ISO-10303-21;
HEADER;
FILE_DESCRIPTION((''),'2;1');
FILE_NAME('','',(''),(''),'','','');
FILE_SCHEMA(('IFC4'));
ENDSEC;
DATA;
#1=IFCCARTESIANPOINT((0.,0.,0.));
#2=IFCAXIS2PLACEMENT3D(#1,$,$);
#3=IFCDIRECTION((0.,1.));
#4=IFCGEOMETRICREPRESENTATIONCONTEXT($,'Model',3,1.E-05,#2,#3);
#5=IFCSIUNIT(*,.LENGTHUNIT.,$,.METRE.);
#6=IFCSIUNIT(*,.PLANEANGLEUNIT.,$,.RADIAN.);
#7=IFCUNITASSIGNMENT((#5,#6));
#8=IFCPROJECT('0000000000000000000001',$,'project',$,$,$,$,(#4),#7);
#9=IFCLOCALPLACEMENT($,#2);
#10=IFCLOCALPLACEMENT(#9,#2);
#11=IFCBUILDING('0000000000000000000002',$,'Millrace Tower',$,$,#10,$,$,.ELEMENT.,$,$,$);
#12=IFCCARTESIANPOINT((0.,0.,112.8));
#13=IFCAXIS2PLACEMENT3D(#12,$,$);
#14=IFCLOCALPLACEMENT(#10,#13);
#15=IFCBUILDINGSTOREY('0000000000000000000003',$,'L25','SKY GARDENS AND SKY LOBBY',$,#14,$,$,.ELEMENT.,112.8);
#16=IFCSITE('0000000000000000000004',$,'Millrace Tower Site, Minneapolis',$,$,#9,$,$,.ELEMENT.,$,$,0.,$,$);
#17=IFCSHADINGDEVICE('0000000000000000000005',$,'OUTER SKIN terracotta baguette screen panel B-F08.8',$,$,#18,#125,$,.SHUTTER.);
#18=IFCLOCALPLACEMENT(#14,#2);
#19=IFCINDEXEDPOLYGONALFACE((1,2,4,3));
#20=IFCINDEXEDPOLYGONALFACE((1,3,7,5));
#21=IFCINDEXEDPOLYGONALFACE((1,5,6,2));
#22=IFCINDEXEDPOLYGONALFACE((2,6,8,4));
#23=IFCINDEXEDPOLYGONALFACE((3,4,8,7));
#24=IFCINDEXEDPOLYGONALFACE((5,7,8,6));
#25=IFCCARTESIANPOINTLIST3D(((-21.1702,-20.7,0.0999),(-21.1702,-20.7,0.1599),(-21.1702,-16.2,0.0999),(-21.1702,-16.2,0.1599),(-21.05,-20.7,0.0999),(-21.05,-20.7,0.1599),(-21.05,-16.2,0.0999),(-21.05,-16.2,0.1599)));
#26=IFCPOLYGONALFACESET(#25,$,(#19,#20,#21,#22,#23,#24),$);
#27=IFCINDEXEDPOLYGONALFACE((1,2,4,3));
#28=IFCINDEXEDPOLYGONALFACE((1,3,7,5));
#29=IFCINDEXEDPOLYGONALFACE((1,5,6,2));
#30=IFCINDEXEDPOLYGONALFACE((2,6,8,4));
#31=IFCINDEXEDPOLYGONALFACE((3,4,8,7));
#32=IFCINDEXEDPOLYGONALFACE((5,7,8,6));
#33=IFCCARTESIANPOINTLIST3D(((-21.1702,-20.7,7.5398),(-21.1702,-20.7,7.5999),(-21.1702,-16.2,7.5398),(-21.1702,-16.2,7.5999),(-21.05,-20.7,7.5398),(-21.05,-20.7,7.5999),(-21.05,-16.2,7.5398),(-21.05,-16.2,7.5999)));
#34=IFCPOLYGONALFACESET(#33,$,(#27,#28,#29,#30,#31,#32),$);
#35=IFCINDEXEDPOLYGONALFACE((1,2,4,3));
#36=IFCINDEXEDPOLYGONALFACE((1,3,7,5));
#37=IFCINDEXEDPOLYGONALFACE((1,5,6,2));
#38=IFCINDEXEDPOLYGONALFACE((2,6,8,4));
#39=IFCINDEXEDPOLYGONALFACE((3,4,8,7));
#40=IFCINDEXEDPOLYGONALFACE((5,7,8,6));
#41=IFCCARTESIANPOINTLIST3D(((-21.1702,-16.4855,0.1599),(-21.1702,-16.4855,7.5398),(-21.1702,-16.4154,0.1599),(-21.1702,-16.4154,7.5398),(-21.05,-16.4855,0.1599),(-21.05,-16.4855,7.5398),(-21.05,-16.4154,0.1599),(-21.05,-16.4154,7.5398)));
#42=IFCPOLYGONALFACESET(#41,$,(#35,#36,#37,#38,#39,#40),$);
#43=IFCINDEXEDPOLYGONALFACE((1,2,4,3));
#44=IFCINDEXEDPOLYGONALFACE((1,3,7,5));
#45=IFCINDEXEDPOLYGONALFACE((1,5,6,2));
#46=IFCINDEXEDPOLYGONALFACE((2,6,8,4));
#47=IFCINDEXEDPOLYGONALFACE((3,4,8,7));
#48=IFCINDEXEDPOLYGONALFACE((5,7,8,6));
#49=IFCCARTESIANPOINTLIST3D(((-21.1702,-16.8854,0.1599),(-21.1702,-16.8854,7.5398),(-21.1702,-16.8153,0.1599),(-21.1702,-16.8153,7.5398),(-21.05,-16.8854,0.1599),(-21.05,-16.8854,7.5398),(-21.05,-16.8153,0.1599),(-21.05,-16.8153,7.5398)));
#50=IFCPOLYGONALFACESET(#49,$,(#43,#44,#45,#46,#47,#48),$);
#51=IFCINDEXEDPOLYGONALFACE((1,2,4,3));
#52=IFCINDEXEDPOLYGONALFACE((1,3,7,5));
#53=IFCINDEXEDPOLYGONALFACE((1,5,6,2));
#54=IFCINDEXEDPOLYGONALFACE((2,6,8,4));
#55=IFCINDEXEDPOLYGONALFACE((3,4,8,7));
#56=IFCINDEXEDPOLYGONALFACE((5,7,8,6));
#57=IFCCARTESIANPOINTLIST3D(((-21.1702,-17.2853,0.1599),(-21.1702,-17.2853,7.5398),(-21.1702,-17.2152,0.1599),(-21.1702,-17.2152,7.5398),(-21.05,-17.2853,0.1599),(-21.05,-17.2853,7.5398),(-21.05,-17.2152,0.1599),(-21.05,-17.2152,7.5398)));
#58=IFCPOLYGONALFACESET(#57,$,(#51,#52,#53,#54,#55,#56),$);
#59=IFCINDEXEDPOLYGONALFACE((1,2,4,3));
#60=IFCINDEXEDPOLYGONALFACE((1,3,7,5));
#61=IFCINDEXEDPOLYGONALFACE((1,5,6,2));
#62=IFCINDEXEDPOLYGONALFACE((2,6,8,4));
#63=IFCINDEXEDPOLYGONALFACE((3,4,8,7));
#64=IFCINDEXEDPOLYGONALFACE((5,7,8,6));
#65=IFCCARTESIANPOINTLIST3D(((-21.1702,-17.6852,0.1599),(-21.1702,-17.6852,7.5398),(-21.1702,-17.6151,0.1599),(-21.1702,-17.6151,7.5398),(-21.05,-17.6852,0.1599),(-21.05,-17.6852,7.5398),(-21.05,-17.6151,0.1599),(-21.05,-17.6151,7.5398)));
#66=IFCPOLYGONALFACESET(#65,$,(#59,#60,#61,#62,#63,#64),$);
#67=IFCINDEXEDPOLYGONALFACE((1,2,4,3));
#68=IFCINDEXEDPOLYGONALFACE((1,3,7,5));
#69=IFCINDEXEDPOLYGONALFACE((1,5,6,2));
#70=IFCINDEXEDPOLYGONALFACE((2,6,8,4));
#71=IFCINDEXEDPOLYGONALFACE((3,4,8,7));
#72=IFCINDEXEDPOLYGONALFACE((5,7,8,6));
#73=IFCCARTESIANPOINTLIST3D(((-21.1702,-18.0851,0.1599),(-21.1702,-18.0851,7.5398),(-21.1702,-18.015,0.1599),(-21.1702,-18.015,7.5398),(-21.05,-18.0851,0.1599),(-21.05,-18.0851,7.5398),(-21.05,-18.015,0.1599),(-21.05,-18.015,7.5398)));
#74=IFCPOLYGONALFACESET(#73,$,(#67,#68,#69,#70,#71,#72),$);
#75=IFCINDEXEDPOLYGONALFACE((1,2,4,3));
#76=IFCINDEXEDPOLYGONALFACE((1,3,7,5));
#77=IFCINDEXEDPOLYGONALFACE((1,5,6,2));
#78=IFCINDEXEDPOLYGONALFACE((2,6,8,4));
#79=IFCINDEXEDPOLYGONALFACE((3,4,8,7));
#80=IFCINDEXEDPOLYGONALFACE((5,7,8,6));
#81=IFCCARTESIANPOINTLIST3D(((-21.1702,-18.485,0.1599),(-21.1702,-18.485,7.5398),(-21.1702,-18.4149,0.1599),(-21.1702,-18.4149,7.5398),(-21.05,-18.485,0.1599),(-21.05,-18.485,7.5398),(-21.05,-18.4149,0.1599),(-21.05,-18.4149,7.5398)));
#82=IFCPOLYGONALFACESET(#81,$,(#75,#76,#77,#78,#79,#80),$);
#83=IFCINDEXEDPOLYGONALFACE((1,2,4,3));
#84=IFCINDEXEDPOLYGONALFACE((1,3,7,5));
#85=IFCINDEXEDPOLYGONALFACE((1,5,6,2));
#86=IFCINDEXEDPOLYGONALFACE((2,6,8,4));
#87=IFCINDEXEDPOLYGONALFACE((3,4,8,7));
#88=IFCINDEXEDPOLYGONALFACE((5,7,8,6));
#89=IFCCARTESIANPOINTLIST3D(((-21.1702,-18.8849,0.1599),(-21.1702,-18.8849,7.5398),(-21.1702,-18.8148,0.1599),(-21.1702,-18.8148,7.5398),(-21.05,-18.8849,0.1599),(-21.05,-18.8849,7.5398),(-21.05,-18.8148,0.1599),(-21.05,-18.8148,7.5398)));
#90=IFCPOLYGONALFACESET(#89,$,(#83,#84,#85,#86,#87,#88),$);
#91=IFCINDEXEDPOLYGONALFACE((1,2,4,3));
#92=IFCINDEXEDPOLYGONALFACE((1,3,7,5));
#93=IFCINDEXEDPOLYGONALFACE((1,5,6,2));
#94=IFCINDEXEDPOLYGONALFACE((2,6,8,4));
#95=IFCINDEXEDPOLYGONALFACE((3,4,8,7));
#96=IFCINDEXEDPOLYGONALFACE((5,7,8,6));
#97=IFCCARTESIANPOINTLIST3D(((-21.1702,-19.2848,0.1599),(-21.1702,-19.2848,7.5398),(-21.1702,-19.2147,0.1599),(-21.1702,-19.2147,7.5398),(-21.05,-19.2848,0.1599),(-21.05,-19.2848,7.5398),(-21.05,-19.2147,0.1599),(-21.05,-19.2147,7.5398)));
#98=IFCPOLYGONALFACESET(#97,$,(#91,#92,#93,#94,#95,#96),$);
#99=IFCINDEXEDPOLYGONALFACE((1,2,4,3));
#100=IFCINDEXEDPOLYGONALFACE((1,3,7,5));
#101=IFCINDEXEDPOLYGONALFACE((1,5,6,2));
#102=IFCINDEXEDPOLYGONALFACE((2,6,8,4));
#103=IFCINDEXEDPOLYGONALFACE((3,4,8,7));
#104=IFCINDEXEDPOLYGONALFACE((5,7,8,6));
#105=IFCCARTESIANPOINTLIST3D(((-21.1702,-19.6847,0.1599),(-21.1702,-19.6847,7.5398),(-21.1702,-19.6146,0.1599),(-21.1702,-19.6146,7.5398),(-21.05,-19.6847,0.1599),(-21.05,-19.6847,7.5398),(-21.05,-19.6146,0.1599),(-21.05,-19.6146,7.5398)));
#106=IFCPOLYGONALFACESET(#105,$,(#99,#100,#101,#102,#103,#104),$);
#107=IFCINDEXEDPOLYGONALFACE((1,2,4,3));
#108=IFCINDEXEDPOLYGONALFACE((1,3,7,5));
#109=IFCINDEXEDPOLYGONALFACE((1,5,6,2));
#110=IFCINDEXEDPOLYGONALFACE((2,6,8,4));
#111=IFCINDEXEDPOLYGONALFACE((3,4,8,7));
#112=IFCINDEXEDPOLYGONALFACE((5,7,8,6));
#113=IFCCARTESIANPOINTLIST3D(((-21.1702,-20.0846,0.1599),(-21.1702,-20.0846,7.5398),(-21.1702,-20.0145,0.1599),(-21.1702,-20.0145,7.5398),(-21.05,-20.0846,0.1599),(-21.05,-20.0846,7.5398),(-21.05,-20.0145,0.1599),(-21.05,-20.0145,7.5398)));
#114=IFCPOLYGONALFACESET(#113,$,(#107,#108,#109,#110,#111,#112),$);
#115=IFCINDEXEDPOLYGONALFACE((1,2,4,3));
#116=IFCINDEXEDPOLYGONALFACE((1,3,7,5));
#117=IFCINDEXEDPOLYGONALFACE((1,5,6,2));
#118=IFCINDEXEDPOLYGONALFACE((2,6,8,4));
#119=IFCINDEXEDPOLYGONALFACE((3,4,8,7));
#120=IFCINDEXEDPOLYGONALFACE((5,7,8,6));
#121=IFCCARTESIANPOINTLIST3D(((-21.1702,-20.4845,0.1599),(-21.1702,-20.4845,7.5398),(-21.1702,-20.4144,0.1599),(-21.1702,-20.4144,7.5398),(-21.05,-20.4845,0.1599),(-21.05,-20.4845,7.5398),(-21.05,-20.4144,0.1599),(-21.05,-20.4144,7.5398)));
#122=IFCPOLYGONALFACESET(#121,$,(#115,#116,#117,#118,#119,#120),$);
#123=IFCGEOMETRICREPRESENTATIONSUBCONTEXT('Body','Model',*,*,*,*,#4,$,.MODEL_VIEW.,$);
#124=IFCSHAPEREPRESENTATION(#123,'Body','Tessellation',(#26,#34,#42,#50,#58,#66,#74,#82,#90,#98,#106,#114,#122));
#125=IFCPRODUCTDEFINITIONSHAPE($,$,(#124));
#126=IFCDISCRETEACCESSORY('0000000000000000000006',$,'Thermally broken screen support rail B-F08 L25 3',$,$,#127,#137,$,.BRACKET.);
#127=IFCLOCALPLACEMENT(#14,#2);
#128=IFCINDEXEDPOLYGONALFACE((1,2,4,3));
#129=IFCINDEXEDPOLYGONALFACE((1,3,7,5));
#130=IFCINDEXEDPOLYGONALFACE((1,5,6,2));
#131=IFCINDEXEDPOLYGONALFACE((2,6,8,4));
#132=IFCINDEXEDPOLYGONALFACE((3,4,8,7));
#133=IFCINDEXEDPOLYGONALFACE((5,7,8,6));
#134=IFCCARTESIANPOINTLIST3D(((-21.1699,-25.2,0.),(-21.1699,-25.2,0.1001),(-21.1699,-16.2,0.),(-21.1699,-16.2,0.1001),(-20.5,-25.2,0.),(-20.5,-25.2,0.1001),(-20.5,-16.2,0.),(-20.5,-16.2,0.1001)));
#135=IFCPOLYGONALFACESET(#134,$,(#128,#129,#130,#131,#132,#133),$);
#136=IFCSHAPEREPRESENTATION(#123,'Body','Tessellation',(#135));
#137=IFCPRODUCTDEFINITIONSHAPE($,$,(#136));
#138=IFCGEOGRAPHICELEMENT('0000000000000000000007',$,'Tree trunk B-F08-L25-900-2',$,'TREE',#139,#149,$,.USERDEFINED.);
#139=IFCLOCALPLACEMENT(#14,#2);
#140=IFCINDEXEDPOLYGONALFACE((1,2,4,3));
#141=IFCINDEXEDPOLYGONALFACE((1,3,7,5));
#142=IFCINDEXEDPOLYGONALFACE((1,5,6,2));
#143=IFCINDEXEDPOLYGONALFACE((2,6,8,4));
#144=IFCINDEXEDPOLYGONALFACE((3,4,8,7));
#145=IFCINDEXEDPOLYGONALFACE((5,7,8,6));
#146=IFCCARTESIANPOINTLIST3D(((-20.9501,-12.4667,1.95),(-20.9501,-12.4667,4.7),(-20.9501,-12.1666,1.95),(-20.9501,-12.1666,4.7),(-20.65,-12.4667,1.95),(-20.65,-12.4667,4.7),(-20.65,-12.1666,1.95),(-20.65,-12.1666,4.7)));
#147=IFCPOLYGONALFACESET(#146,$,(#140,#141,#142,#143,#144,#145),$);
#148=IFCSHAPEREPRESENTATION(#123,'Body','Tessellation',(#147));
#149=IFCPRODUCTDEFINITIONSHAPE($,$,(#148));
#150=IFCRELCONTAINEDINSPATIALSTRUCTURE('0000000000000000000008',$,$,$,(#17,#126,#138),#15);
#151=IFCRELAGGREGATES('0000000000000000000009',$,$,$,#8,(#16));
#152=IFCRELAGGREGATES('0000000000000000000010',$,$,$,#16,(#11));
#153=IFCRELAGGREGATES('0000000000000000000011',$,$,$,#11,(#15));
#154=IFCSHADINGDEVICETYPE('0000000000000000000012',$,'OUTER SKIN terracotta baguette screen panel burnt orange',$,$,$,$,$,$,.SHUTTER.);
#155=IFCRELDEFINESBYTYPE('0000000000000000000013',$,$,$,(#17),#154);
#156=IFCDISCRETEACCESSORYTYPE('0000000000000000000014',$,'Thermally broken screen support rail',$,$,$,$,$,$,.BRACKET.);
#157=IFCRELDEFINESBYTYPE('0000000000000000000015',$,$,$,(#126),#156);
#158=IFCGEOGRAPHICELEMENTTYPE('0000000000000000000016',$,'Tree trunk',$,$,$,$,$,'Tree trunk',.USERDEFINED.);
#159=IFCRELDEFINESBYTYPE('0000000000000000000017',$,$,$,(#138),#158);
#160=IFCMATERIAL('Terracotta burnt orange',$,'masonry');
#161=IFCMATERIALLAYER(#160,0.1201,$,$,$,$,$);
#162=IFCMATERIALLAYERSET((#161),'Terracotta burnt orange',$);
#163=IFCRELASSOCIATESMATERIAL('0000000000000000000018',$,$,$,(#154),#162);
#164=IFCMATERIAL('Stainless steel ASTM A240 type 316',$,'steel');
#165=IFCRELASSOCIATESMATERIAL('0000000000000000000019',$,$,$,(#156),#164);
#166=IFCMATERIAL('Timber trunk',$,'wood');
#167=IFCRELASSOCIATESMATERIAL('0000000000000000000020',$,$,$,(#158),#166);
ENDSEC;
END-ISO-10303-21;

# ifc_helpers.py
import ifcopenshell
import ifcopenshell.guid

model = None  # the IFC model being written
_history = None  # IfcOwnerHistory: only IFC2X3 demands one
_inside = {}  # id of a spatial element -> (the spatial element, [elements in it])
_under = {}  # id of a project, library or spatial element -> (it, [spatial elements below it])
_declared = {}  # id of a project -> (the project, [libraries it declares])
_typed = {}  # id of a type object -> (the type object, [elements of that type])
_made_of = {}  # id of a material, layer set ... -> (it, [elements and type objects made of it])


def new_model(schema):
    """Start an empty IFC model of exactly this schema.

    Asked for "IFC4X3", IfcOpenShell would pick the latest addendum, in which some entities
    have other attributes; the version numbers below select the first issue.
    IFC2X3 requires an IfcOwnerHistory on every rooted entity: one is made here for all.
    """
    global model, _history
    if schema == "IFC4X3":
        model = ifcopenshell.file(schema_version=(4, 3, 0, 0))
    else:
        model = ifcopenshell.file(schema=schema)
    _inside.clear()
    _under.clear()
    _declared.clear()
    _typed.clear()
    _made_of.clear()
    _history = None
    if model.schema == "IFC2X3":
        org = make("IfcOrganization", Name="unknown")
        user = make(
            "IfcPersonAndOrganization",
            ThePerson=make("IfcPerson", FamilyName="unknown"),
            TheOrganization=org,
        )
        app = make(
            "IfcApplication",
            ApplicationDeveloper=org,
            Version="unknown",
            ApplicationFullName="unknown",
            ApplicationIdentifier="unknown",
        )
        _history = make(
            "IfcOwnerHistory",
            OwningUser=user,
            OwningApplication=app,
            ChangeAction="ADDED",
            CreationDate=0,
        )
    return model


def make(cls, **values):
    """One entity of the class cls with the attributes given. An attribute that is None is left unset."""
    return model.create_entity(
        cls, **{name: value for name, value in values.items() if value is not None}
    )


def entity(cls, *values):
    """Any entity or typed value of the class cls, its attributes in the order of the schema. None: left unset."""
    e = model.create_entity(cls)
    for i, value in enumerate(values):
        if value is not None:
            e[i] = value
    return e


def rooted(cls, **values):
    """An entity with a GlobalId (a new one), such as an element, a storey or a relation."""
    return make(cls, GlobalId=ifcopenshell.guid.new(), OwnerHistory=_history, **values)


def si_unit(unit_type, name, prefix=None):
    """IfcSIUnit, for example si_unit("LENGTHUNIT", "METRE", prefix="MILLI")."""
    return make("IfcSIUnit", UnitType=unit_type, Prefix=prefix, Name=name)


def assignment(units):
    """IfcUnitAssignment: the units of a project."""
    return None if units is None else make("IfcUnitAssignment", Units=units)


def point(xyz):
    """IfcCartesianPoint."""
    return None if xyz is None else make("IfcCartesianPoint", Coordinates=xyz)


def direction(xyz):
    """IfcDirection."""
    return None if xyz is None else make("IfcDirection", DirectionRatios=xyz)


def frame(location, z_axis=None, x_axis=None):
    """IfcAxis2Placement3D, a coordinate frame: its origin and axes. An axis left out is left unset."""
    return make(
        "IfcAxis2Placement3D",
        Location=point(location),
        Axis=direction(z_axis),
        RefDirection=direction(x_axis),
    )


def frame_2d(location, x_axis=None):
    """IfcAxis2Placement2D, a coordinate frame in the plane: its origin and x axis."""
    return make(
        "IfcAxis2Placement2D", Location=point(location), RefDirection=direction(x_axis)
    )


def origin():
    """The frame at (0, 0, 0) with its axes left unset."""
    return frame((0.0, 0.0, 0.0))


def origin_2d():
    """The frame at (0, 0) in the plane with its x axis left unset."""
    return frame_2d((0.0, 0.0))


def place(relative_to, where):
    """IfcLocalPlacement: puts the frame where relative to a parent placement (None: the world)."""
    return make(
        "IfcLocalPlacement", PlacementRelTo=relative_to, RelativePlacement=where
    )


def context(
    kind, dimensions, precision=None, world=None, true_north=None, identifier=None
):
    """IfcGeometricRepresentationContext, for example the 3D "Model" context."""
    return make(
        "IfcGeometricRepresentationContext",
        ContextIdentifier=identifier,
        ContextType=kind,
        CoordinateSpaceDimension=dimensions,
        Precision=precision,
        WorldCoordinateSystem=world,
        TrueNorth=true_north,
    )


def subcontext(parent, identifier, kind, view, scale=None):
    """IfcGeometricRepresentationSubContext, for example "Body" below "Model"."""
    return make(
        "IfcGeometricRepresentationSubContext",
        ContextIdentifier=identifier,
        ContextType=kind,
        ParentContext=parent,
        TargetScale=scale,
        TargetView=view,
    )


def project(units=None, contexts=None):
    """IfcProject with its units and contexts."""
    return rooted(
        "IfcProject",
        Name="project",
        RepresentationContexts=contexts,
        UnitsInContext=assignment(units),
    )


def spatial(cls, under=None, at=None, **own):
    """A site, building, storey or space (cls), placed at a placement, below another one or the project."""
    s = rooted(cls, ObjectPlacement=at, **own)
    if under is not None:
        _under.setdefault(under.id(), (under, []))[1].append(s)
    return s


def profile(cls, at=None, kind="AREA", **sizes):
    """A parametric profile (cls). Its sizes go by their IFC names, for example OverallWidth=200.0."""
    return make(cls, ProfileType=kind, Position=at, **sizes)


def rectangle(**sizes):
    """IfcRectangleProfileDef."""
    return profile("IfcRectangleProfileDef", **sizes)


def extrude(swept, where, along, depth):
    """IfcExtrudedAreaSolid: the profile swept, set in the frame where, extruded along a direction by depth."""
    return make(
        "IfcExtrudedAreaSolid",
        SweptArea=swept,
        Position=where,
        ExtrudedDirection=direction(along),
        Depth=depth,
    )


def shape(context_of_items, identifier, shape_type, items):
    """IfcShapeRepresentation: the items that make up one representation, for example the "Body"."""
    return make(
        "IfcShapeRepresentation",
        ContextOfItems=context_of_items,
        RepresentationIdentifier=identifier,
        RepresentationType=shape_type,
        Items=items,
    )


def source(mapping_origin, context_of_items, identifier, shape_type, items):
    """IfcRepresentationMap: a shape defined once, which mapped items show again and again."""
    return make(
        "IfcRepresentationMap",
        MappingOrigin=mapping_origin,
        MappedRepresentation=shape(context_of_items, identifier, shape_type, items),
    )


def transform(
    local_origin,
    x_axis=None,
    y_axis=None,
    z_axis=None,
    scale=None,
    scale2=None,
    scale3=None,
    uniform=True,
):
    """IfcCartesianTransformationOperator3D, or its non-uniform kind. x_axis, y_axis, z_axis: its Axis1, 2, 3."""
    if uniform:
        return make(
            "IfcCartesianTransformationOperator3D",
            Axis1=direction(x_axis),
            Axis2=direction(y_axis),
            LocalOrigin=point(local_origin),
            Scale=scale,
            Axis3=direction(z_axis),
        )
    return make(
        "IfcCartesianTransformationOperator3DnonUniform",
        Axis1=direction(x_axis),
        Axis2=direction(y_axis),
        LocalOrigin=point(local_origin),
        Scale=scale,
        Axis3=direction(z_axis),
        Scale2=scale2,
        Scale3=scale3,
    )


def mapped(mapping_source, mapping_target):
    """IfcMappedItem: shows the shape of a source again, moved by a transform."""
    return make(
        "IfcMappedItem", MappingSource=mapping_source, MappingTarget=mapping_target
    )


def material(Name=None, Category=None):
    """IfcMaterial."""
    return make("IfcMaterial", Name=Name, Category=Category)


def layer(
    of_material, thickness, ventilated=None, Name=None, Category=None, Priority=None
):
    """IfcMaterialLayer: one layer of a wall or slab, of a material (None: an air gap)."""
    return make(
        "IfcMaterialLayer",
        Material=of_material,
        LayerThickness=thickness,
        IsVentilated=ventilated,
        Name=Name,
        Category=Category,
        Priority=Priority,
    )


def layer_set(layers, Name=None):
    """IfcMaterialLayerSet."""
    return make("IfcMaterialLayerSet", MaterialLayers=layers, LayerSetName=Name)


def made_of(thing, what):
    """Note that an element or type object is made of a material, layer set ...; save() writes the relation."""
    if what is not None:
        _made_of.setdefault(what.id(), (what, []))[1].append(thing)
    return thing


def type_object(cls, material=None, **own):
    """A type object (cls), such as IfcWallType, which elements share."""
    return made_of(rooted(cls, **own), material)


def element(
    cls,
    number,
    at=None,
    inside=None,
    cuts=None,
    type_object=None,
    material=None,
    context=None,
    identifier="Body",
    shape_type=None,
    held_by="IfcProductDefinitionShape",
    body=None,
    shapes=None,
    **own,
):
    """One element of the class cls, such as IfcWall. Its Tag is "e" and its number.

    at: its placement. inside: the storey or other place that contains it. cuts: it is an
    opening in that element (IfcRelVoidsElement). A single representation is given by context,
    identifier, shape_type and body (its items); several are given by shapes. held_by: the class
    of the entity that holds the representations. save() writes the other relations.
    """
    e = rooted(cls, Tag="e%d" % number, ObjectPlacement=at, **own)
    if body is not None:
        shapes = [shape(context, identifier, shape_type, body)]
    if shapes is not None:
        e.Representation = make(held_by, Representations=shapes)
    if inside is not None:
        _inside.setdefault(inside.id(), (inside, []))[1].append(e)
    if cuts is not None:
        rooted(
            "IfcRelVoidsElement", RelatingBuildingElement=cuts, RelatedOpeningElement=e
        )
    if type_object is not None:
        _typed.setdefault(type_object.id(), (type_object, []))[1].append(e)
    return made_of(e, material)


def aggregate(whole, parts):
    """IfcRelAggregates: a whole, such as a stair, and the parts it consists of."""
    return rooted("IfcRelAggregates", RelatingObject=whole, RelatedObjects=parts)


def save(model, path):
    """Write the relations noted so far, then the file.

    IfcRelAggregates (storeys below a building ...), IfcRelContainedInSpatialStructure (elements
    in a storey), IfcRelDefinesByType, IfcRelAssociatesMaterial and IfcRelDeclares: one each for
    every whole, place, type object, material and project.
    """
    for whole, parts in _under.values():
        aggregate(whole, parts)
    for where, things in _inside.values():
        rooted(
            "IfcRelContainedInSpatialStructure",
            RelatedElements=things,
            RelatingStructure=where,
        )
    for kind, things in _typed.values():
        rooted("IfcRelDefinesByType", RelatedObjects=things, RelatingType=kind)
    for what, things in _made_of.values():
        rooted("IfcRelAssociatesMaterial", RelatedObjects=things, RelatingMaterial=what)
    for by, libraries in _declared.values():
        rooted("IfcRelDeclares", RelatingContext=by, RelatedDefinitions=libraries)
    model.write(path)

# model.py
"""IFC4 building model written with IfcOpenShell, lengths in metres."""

from ifc_helpers import new_model, entity, si_unit, direction, frame, frame_2d, origin, origin_2d, place, context, subcontext, project, spatial, rectangle, extrude, source, transform, mapped, material, layer, layer_set, type_object, element, save


model = new_model("IFC4")

# Units and contexts
model_context = context("Model", 3, precision=1e-05, world=origin(), true_north=direction((0.0, 1.0)))
body_context = subcontext(model_context, "Body", "Model", "MODEL_VIEW")
ifc_project = project(units=[si_unit("LENGTHUNIT", "METRE"), si_unit("PLANEANGLEUNIT", "RADIAN")], contexts=[model_context])

# Site, building, storey
site_placement = place(None, origin())
site = spatial("IfcSite", under=ifc_project, at=site_placement, Name="Millrace Tower Site, Minneapolis", CompositionType="ELEMENT", RefElevation=0.0)
building_placement = place(site_placement, origin())
building = spatial("IfcBuilding", under=site, at=building_placement, Name="Millrace Tower", CompositionType="ELEMENT")
storey_placement = place(building_placement, frame((0.0, 0.0, 112.8)))
storey = spatial("IfcBuildingStorey", under=building, at=storey_placement, Name="L25", Description="SKY GARDENS AND SKY LOBBY", CompositionType="ELEMENT", Elevation=112.8)

# Shading device
ifc_material_1 = material(Name="Terracotta burnt orange", Category="masonry")
ifc_layer_1 = layer(ifc_material_1, 0.1201)
ifc_layer_set_1 = layer_set([ifc_layer_1], Name="Terracotta burnt orange")
shading_device_type = type_object("IfcShadingDeviceType", Name="OUTER SKIN terracotta baguette screen panel burnt orange", PredefinedType="SHUTTER", material=ifc_layer_set_1)
cartesian_point = entity("IfcCartesianPoint", [-2.25, 0.0601])
shared_polyline = entity("IfcPolyline", [cartesian_point, entity("IfcCartesianPoint", [2.25, 0.0601]), entity("IfcCartesianPoint", [2.25, -0.0601]), entity("IfcCartesianPoint", [-2.25, -0.0601]), cartesian_point])
shared_shape = source(origin(), body_context, "Body", "SweptSolid", [
    entity("IfcExtrudedAreaSolid", entity("IfcArbitraryClosedProfileDef", "AREA", None, shared_polyline), entity("IfcAxis2Placement3D", entity("IfcCartesianPoint", [0.0, 0.0, 0.0])), entity("IfcDirection", [0.0, 0.0, 1.0]), 0.0601),
    entity("IfcExtrudedAreaSolid", entity("IfcArbitraryClosedProfileDef", "AREA", None, shared_polyline), entity("IfcAxis2Placement3D", entity("IfcCartesianPoint", [0.0, 0.0, 7.4399])), entity("IfcDirection", [0.0, 0.0, 1.0]), 0.0601),
    extrude(rectangle(XDim=0.0701, YDim=0.1201, at=frame_2d((-1.9995, 0.0))), frame((0.0, 0.0, 0.0601)), (0.0, 0.0, 1.0), 7.3799),
    extrude(rectangle(XDim=0.0701, YDim=0.1201, at=frame_2d((-1.5996, 0.0))), frame((0.0, 0.0, 0.0601)), (0.0, 0.0, 1.0), 7.3799),
    extrude(rectangle(XDim=0.0701, YDim=0.1201, at=frame_2d((-1.1997, 0.0))), frame((0.0, 0.0, 0.0601)), (0.0, 0.0, 1.0), 7.3799),
    extrude(rectangle(XDim=0.0701, YDim=0.1201, at=frame_2d((-0.7998, 0.0))), frame((0.0, 0.0, 0.0601)), (0.0, 0.0, 1.0), 7.3799),
    extrude(rectangle(XDim=0.0701, YDim=0.1201, at=frame_2d((-0.3999, 0.0))), frame((0.0, 0.0, 0.0601)), (0.0, 0.0, 1.0), 7.3799),
    extrude(rectangle(XDim=0.0701, YDim=0.1201, at=origin_2d()), frame((0.0, 0.0, 0.0601)), (0.0, 0.0, 1.0), 7.3799),
    extrude(rectangle(XDim=0.0701, YDim=0.1201, at=frame_2d((0.3999, 0.0))), frame((0.0, 0.0, 0.0601)), (0.0, 0.0, 1.0), 7.3799),
    extrude(rectangle(XDim=0.0701, YDim=0.1201, at=frame_2d((0.7998, 0.0))), frame((0.0, 0.0, 0.0601)), (0.0, 0.0, 1.0), 7.3799),
    extrude(rectangle(XDim=0.0701, YDim=0.1201, at=frame_2d((1.1997, 0.0))), frame((0.0, 0.0, 0.0601)), (0.0, 0.0, 1.0), 7.3799),
    extrude(rectangle(XDim=0.0701, YDim=0.1201, at=frame_2d((1.5996, 0.0))), frame((0.0, 0.0, 0.0601)), (0.0, 0.0, 1.0), 7.3799),
    extrude(rectangle(XDim=0.0701, YDim=0.1201, at=frame_2d((1.9995, 0.0))), frame((0.0, 0.0, 0.0601)), (0.0, 0.0, 1.0), 7.3799),
])
shading_device_placement = place(storey_placement, frame((-21.1101, -18.45, 0.0999), z_axis=(0.0, 0.0, 1.0), x_axis=(0.0, -1.0, 0.0)))
element("IfcShadingDevice", 1, at=shading_device_placement, inside=storey, type_object=shading_device_type, Name="OUTER SKIN terracotta baguette screen panel B-F08.8", PredefinedType="SHUTTER", context=body_context, shape_type="MappedRepresentation", body=[
    mapped(shared_shape, transform((0.0, 0.0, 0.0), scale=1.0)),
])

# Discrete accessory
ifc_material_2 = material(Name="Stainless steel ASTM A240 type 316", Category="steel")
discrete_accessory_type = type_object("IfcDiscreteAccessoryType", Name="Thermally broken screen support rail", PredefinedType="BRACKET", material=ifc_material_2)
discrete_accessory_placement = place(storey_placement, frame((-20.835, -20.7, 0.0), z_axis=(0.0, 0.0, 1.0), x_axis=(0.0, -1.0, 0.0)))
element("IfcDiscreteAccessory", 2, at=discrete_accessory_placement, inside=storey, type_object=discrete_accessory_type, Name="Thermally broken screen support rail B-F08 L25 3", PredefinedType="BRACKET", context=body_context, shape_type="SweptSolid", body=[
    extrude(rectangle(XDim=9.0, YDim=0.6699, at=origin_2d()), origin(), (0.0, 0.0, 1.0), 0.1001),
])

# Geographic element
ifc_material_3 = material(Name="Timber trunk", Category="wood")
geographic_element_type = type_object("IfcGeographicElementType", Name="Tree trunk", ElementType="Tree trunk", PredefinedType="USERDEFINED", material=ifc_material_3)
geographic_element_placement = place(storey_placement, frame((-20.8, -12.3167, 1.95), z_axis=(0.0, 0.0, 1.0), x_axis=(1.0, 0.0, 0.0)))
element("IfcGeographicElement", 3, at=geographic_element_placement, inside=storey, type_object=geographic_element_type, Name="Tree trunk B-F08-L25-900-2", ObjectType="TREE", PredefinedType="USERDEFINED", context=body_context, shape_type="SweptSolid", body=[
    extrude(rectangle(XDim=0.3, YDim=0.3, at=origin_2d()), origin(), (0.0, 0.0, 1.0), 2.75),
])

save(model, "model.ifc")
